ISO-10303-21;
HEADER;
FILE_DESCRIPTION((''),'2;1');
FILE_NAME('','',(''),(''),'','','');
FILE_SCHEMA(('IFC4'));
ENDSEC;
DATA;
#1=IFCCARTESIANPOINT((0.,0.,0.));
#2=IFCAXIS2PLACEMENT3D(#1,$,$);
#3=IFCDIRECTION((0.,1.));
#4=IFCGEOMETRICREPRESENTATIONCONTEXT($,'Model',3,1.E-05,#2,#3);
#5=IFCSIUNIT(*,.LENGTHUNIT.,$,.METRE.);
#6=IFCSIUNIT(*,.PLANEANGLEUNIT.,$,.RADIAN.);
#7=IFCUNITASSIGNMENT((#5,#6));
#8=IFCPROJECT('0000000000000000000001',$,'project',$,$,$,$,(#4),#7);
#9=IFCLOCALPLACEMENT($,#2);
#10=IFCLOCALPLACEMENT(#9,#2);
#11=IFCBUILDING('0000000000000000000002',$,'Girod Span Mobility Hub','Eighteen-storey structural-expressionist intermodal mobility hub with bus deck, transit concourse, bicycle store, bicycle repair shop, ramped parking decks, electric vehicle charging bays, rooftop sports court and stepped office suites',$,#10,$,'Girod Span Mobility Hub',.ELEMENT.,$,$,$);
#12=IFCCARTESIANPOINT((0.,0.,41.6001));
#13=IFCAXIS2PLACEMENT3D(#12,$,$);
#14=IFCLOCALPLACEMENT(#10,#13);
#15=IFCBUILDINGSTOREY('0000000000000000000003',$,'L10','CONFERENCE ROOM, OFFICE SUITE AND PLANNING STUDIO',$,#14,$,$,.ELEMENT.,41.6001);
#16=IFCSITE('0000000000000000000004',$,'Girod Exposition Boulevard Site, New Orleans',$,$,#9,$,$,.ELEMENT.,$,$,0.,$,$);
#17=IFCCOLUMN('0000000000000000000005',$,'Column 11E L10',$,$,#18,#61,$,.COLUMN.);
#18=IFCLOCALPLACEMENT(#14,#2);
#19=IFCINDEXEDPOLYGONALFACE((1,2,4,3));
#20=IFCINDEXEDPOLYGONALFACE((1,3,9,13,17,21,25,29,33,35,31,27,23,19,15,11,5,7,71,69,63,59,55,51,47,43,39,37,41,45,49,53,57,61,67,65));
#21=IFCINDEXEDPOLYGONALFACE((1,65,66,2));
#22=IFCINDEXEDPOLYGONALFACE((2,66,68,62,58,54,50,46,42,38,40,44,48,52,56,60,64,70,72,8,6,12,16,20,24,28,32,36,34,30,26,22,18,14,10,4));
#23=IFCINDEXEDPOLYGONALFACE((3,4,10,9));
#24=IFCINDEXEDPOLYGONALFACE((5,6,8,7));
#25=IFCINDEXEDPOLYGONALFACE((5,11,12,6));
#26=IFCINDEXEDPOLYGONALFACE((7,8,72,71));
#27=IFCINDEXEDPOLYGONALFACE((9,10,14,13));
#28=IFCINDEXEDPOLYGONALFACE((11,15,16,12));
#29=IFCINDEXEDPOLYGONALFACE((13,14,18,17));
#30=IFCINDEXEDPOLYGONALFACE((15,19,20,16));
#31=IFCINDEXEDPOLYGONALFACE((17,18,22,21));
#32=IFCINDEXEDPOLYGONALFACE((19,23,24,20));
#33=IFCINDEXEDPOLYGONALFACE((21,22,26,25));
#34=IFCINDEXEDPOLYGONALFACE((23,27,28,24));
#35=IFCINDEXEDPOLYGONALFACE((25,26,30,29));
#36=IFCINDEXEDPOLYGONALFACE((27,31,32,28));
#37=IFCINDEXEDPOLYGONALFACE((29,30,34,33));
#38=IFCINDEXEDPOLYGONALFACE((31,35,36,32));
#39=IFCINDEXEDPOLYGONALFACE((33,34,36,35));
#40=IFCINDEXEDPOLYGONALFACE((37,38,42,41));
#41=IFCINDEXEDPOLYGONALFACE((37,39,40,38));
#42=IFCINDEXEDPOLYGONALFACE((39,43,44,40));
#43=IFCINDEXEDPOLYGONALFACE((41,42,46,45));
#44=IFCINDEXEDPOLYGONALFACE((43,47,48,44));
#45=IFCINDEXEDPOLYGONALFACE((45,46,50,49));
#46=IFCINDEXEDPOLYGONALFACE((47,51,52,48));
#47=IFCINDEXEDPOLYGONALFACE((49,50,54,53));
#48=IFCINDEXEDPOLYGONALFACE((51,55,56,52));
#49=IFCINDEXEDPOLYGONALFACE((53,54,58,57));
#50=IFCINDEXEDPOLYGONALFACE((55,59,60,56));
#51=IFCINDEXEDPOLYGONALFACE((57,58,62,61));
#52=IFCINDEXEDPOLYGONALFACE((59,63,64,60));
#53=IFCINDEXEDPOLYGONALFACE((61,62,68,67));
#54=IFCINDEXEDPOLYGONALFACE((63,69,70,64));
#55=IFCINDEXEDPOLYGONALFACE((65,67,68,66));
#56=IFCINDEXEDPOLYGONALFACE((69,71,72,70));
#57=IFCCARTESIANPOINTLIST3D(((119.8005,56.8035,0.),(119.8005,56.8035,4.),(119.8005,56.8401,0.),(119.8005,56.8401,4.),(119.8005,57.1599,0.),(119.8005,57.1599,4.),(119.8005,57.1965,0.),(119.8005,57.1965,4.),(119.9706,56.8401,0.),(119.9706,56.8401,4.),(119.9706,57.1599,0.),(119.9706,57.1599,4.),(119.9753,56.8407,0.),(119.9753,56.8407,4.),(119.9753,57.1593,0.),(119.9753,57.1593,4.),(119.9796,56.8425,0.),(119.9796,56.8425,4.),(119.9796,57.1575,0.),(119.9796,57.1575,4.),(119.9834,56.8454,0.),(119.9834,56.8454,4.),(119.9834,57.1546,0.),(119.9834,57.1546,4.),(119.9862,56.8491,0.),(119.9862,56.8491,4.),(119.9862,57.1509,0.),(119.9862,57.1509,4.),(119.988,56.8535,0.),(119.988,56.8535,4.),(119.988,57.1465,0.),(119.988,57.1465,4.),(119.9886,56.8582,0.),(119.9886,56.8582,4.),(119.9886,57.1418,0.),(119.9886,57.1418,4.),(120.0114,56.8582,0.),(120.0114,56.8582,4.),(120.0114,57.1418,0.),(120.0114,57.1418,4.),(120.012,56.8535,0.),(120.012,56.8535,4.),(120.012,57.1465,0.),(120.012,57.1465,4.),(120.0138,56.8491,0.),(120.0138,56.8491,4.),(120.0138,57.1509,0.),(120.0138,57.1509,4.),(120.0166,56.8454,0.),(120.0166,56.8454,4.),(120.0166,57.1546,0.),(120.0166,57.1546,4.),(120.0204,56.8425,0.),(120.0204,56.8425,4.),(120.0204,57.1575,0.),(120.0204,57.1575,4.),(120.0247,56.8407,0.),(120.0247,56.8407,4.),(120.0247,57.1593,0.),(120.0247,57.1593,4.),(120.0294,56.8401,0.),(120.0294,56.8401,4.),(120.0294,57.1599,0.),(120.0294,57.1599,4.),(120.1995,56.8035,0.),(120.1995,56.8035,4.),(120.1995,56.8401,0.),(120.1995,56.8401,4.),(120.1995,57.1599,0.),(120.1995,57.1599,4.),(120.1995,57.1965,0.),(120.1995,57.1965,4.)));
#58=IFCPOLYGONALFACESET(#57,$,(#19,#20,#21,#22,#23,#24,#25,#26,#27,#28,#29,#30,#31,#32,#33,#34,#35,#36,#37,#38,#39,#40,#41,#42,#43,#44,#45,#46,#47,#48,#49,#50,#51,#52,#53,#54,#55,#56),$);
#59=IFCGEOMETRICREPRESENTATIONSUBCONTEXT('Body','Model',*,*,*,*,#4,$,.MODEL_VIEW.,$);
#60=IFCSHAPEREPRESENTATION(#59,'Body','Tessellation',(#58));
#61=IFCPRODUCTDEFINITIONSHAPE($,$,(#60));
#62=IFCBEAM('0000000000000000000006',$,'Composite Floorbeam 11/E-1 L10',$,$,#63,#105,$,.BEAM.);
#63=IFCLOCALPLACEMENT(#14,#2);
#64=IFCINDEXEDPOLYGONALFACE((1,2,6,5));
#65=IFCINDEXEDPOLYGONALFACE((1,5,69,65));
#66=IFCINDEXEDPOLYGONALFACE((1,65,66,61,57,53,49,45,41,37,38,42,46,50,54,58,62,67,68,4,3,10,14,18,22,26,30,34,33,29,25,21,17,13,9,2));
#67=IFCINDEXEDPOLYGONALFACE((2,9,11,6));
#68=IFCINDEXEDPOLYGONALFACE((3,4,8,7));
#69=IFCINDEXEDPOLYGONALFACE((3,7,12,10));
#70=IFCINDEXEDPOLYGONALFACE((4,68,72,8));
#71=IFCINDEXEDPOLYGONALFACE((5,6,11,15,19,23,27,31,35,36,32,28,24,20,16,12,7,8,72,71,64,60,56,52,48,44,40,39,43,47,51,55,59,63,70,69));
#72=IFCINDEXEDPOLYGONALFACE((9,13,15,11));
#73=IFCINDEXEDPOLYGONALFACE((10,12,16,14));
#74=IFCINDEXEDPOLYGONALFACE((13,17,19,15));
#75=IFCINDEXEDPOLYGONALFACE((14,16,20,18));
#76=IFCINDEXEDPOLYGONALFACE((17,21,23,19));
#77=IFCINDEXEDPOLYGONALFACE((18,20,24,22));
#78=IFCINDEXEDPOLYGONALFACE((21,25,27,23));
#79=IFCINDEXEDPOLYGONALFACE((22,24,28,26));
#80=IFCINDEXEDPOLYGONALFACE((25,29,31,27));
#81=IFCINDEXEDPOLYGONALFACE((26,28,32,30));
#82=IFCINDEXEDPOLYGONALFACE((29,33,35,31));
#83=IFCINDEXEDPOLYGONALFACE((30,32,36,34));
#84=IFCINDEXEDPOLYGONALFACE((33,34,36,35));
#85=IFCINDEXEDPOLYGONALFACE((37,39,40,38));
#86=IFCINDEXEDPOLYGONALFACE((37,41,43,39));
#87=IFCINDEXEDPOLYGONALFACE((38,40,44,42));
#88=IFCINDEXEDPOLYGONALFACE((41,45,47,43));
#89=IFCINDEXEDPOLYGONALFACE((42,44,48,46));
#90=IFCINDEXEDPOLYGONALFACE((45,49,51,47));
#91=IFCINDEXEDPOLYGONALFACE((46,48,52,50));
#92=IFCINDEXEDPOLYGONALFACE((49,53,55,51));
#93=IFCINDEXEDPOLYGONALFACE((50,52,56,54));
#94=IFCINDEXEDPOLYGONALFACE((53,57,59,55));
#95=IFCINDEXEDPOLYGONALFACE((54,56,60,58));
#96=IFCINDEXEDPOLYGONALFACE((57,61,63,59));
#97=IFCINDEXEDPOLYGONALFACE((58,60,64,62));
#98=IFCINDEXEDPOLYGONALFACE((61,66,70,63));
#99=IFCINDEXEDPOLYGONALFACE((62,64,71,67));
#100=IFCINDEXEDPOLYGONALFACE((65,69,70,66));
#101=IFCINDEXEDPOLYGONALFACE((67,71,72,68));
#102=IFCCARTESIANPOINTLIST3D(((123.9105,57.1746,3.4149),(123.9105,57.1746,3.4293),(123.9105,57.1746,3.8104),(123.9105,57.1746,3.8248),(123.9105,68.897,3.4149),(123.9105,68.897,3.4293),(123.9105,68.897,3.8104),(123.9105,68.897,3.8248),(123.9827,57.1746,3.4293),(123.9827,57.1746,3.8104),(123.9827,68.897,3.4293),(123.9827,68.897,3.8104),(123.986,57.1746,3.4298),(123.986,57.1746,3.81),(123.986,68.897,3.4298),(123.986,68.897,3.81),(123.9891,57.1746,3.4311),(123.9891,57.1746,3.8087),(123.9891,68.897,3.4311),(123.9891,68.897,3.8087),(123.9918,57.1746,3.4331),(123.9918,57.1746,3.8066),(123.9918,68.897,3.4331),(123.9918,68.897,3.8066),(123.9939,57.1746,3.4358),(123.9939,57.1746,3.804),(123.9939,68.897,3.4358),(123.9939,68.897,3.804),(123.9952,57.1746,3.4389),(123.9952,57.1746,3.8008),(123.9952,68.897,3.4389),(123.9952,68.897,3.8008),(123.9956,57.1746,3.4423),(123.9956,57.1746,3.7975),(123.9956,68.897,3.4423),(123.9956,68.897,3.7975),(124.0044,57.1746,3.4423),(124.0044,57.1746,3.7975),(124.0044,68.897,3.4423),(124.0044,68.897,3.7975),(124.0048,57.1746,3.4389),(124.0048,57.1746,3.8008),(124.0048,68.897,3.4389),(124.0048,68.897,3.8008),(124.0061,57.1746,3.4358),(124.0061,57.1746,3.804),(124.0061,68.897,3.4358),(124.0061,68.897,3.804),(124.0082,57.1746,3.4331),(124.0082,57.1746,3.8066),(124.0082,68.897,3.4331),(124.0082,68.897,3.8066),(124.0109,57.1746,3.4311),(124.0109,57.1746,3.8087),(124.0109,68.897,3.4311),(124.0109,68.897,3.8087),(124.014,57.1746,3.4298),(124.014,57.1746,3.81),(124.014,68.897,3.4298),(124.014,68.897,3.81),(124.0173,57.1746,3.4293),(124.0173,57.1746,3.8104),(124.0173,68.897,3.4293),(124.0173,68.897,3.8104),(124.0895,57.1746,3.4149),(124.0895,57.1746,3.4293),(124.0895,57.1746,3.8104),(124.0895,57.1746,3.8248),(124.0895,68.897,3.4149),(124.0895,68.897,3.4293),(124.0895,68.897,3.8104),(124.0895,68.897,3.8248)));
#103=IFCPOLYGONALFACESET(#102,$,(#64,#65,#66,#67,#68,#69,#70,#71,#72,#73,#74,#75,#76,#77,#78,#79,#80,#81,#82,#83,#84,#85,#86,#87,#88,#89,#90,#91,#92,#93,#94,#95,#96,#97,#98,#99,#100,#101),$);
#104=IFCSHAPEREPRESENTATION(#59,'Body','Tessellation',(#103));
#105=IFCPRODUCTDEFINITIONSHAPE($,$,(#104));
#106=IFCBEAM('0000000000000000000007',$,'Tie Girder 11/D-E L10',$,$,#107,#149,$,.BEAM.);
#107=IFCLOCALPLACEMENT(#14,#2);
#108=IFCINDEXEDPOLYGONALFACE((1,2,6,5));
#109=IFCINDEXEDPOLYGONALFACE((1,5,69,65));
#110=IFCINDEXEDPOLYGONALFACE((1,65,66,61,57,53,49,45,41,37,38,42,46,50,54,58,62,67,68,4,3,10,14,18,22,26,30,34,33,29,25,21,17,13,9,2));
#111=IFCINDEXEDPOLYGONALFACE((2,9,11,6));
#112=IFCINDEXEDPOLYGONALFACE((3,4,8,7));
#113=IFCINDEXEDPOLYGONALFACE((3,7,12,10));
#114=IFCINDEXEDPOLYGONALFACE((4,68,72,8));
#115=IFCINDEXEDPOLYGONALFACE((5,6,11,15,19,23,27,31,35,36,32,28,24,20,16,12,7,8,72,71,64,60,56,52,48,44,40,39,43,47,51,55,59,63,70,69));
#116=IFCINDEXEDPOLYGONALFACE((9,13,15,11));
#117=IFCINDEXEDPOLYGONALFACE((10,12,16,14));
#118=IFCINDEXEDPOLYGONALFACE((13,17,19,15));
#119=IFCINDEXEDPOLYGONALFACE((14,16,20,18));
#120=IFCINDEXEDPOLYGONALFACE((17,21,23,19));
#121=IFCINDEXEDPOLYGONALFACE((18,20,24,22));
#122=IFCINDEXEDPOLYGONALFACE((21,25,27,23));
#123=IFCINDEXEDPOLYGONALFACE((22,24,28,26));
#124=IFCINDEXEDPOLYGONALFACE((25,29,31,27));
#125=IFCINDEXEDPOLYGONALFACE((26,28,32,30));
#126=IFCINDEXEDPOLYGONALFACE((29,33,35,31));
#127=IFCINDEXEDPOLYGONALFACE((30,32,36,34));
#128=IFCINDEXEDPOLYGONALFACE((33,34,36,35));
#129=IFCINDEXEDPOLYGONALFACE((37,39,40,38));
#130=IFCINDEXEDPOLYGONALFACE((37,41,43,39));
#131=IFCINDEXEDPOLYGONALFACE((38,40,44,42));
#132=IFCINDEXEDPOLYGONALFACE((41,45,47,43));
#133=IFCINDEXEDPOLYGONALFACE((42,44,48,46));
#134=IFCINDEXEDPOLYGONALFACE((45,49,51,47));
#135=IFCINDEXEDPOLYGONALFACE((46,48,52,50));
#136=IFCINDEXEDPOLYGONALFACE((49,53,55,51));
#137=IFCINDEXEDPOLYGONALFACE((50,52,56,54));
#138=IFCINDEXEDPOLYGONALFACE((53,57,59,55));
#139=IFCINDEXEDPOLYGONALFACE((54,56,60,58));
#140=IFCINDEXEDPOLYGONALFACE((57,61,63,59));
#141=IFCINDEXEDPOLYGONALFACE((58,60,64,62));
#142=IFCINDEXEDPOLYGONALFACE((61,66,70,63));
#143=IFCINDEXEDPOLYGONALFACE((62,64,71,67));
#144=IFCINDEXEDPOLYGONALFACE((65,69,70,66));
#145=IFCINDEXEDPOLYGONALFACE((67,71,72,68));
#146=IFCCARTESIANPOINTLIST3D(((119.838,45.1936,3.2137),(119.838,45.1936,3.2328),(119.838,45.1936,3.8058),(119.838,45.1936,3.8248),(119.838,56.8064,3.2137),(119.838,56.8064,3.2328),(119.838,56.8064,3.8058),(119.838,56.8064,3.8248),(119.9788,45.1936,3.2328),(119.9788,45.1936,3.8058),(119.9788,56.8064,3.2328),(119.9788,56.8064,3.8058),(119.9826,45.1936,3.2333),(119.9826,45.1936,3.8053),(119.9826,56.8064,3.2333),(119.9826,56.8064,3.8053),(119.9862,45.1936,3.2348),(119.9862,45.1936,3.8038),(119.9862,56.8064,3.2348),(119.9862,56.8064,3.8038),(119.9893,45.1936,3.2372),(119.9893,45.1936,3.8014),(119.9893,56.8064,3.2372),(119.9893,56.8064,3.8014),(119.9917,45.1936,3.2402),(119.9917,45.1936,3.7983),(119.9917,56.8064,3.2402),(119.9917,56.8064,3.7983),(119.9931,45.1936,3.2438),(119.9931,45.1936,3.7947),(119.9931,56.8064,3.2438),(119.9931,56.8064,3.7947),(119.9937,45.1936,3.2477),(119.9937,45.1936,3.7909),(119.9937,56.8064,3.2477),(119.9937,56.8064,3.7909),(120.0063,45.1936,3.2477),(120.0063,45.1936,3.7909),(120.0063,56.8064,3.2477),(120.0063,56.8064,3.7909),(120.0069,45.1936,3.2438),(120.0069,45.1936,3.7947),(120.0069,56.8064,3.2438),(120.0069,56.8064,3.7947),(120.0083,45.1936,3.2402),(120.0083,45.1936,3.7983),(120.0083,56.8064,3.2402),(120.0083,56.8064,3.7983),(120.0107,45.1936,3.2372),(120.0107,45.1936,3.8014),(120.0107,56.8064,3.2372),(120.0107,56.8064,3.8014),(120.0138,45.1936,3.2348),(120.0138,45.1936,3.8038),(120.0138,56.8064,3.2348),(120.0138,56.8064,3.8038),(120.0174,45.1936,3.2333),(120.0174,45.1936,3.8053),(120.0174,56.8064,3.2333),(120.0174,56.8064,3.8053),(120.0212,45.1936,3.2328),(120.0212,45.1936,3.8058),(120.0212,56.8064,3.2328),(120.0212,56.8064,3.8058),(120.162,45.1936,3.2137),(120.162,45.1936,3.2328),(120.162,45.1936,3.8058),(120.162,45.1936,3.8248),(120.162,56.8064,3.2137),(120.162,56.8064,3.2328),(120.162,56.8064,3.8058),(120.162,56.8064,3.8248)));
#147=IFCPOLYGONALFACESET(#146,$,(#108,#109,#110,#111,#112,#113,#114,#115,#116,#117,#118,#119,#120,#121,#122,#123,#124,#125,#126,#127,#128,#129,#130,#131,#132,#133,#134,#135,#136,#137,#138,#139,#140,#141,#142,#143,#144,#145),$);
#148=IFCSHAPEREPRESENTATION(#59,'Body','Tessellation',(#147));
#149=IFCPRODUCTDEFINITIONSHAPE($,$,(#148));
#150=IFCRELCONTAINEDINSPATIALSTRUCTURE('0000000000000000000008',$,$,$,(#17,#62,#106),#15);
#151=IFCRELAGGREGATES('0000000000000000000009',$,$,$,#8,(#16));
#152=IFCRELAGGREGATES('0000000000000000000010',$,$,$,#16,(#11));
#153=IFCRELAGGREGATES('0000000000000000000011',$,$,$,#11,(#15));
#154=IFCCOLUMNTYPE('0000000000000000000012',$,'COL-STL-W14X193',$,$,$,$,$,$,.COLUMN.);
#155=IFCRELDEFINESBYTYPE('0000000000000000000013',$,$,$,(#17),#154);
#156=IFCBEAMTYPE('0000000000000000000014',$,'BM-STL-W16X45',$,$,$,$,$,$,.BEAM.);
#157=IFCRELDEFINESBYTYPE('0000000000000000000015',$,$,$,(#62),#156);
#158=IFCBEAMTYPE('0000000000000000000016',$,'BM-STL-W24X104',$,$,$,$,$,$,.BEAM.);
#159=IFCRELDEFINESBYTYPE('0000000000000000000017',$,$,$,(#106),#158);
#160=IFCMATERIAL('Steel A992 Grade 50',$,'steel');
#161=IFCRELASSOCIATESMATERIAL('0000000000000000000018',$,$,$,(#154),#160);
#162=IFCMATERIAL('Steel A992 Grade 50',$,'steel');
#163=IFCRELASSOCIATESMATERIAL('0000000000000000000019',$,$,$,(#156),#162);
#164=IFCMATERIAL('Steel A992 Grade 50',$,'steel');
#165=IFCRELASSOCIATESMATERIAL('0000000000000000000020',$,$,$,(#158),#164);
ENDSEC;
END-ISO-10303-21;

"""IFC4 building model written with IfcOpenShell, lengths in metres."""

from ifc_helpers import new_model, si_unit, direction, frame, origin, origin_2d, place, context, subcontext, project, spatial, i_section, extrude, material, material_profile, profile_set, type_object, element, save


model = new_model("IFC4")

# Units and contexts
model_context = context("Model", 3, precision=1e-05, world=origin(), true_north=direction((0.0, 1.0)))
body_context = subcontext(model_context, "Body", "Model", "MODEL_VIEW")
ifc_project = project(units=[si_unit("LENGTHUNIT", "METRE"), si_unit("PLANEANGLEUNIT", "RADIAN")], contexts=[model_context])

# Site, building, storey
site_placement = place(None, origin())
site = spatial("IfcSite", under=ifc_project, at=site_placement, Name="Girod Exposition Boulevard Site, New Orleans", CompositionType="ELEMENT", RefElevation=0.0)
building_placement = place(site_placement, origin())
building = spatial("IfcBuilding", under=site, at=building_placement, Name="Girod Span Mobility Hub", Description="Eighteen-storey structural-expressionist intermodal mobility hub with bus deck, transit concourse, bicycle store, bicycle repair shop, ramped parking decks, electric vehicle charging bays, rooftop sports court and stepped office suites", LongName="Girod Span Mobility Hub", CompositionType="ELEMENT")
storey_placement = place(building_placement, frame((0.0, 0.0, 41.6001)))
storey = spatial("IfcBuildingStorey", under=building, at=storey_placement, Name="L10", Description="CONFERENCE ROOM, OFFICE SUITE AND PLANNING STUDIO", CompositionType="ELEMENT", Elevation=41.6001)

# Column
ifc_material_1 = material(Name="Steel A992 Grade 50", Category="steel")
ifc_material_profile_1 = material_profile(ifc_material_1, i_section(OverallWidth=0.3989, OverallDepth=0.3931, WebThickness=0.0227, FlangeThickness=0.0366, FilletRadius=0.0181, at=origin_2d()), Name="W14X193")
ifc_profile_set_1 = profile_set([ifc_material_profile_1], Name="Steel A992 Grade 50")
column_type = type_object("IfcColumnType", Name="COL-STL-W14X193", PredefinedType="COLUMN", material=ifc_profile_set_1)
column_placement = place(storey_placement, frame((120.0, 57.0, 0.0), z_axis=(0.0, 0.0, 1.0), x_axis=(1.0, 0.0, 0.0)))
element("IfcColumn", 1, at=column_placement, inside=storey, type_object=column_type, Name="Column 11E L10", PredefinedType="COLUMN", context=body_context, shape_type="SweptSolid", body=[
    extrude(i_section(OverallWidth=0.3989, OverallDepth=0.3931, WebThickness=0.0227, FlangeThickness=0.0366, FilletRadius=0.0181, at=origin_2d()), origin(), (0.0, 0.0, 1.0), 4.0),
])

# Beams
ifc_material_2 = material(Name="Steel A992 Grade 50", Category="steel")
ifc_material_profile_2 = material_profile(ifc_material_2, i_section(OverallWidth=0.179, OverallDepth=0.4099, WebThickness=0.0088, FlangeThickness=0.0144, FilletRadius=0.0129, at=origin_2d()), Name="W16X45")
ifc_profile_set_2 = profile_set([ifc_material_profile_2], Name="Steel A992 Grade 50")
beam_type_1 = type_object("IfcBeamType", Name="BM-STL-W16X45", PredefinedType="BEAM", material=ifc_profile_set_2)
beam_1_placement = place(storey_placement, frame((124.0, 57.1746, 3.6199), z_axis=(0.0, 1.0, 0.0), x_axis=(-1.0, 0.0, 0.0)))
element("IfcBeam", 2, at=beam_1_placement, inside=storey, type_object=beam_type_1, Name="Composite Floorbeam 11/E-1 L10", PredefinedType="BEAM", context=body_context, shape_type="SweptSolid", body=[
    extrude(i_section(OverallWidth=0.179, OverallDepth=0.4099, WebThickness=0.0088, FlangeThickness=0.0144, FilletRadius=0.0129, at=origin_2d()), origin(), (0.0, 0.0, 1.0), 11.7224),
])
ifc_material_3 = material(Name="Steel A992 Grade 50", Category="steel")
ifc_material_profile_3 = material_profile(ifc_material_3, i_section(OverallWidth=0.324, OverallDepth=0.6111, WebThickness=0.0127, FlangeThickness=0.019, FilletRadius=0.0149, at=origin_2d()), Name="W24X104")
ifc_profile_set_3 = profile_set([ifc_material_profile_3], Name="Steel A992 Grade 50")
beam_type_2 = type_object("IfcBeamType", Name="BM-STL-W24X104", PredefinedType="BEAM", material=ifc_profile_set_3)
beam_2_placement = place(storey_placement, frame((120.0, 45.1936, 3.5193), z_axis=(0.0, 1.0, 0.0), x_axis=(-1.0, 0.0, 0.0)))
element("IfcBeam", 3, at=beam_2_placement, inside=storey, type_object=beam_type_2, Name="Tie Girder 11/D-E L10", PredefinedType="BEAM", context=body_context, shape_type="SweptSolid", body=[
    extrude(i_section(OverallWidth=0.324, OverallDepth=0.6111, WebThickness=0.0127, FlangeThickness=0.019, FilletRadius=0.0149, at=origin_2d()), origin(), (0.0, 0.0, 1.0), 11.6128),
])

save(model, "model.ifc")
